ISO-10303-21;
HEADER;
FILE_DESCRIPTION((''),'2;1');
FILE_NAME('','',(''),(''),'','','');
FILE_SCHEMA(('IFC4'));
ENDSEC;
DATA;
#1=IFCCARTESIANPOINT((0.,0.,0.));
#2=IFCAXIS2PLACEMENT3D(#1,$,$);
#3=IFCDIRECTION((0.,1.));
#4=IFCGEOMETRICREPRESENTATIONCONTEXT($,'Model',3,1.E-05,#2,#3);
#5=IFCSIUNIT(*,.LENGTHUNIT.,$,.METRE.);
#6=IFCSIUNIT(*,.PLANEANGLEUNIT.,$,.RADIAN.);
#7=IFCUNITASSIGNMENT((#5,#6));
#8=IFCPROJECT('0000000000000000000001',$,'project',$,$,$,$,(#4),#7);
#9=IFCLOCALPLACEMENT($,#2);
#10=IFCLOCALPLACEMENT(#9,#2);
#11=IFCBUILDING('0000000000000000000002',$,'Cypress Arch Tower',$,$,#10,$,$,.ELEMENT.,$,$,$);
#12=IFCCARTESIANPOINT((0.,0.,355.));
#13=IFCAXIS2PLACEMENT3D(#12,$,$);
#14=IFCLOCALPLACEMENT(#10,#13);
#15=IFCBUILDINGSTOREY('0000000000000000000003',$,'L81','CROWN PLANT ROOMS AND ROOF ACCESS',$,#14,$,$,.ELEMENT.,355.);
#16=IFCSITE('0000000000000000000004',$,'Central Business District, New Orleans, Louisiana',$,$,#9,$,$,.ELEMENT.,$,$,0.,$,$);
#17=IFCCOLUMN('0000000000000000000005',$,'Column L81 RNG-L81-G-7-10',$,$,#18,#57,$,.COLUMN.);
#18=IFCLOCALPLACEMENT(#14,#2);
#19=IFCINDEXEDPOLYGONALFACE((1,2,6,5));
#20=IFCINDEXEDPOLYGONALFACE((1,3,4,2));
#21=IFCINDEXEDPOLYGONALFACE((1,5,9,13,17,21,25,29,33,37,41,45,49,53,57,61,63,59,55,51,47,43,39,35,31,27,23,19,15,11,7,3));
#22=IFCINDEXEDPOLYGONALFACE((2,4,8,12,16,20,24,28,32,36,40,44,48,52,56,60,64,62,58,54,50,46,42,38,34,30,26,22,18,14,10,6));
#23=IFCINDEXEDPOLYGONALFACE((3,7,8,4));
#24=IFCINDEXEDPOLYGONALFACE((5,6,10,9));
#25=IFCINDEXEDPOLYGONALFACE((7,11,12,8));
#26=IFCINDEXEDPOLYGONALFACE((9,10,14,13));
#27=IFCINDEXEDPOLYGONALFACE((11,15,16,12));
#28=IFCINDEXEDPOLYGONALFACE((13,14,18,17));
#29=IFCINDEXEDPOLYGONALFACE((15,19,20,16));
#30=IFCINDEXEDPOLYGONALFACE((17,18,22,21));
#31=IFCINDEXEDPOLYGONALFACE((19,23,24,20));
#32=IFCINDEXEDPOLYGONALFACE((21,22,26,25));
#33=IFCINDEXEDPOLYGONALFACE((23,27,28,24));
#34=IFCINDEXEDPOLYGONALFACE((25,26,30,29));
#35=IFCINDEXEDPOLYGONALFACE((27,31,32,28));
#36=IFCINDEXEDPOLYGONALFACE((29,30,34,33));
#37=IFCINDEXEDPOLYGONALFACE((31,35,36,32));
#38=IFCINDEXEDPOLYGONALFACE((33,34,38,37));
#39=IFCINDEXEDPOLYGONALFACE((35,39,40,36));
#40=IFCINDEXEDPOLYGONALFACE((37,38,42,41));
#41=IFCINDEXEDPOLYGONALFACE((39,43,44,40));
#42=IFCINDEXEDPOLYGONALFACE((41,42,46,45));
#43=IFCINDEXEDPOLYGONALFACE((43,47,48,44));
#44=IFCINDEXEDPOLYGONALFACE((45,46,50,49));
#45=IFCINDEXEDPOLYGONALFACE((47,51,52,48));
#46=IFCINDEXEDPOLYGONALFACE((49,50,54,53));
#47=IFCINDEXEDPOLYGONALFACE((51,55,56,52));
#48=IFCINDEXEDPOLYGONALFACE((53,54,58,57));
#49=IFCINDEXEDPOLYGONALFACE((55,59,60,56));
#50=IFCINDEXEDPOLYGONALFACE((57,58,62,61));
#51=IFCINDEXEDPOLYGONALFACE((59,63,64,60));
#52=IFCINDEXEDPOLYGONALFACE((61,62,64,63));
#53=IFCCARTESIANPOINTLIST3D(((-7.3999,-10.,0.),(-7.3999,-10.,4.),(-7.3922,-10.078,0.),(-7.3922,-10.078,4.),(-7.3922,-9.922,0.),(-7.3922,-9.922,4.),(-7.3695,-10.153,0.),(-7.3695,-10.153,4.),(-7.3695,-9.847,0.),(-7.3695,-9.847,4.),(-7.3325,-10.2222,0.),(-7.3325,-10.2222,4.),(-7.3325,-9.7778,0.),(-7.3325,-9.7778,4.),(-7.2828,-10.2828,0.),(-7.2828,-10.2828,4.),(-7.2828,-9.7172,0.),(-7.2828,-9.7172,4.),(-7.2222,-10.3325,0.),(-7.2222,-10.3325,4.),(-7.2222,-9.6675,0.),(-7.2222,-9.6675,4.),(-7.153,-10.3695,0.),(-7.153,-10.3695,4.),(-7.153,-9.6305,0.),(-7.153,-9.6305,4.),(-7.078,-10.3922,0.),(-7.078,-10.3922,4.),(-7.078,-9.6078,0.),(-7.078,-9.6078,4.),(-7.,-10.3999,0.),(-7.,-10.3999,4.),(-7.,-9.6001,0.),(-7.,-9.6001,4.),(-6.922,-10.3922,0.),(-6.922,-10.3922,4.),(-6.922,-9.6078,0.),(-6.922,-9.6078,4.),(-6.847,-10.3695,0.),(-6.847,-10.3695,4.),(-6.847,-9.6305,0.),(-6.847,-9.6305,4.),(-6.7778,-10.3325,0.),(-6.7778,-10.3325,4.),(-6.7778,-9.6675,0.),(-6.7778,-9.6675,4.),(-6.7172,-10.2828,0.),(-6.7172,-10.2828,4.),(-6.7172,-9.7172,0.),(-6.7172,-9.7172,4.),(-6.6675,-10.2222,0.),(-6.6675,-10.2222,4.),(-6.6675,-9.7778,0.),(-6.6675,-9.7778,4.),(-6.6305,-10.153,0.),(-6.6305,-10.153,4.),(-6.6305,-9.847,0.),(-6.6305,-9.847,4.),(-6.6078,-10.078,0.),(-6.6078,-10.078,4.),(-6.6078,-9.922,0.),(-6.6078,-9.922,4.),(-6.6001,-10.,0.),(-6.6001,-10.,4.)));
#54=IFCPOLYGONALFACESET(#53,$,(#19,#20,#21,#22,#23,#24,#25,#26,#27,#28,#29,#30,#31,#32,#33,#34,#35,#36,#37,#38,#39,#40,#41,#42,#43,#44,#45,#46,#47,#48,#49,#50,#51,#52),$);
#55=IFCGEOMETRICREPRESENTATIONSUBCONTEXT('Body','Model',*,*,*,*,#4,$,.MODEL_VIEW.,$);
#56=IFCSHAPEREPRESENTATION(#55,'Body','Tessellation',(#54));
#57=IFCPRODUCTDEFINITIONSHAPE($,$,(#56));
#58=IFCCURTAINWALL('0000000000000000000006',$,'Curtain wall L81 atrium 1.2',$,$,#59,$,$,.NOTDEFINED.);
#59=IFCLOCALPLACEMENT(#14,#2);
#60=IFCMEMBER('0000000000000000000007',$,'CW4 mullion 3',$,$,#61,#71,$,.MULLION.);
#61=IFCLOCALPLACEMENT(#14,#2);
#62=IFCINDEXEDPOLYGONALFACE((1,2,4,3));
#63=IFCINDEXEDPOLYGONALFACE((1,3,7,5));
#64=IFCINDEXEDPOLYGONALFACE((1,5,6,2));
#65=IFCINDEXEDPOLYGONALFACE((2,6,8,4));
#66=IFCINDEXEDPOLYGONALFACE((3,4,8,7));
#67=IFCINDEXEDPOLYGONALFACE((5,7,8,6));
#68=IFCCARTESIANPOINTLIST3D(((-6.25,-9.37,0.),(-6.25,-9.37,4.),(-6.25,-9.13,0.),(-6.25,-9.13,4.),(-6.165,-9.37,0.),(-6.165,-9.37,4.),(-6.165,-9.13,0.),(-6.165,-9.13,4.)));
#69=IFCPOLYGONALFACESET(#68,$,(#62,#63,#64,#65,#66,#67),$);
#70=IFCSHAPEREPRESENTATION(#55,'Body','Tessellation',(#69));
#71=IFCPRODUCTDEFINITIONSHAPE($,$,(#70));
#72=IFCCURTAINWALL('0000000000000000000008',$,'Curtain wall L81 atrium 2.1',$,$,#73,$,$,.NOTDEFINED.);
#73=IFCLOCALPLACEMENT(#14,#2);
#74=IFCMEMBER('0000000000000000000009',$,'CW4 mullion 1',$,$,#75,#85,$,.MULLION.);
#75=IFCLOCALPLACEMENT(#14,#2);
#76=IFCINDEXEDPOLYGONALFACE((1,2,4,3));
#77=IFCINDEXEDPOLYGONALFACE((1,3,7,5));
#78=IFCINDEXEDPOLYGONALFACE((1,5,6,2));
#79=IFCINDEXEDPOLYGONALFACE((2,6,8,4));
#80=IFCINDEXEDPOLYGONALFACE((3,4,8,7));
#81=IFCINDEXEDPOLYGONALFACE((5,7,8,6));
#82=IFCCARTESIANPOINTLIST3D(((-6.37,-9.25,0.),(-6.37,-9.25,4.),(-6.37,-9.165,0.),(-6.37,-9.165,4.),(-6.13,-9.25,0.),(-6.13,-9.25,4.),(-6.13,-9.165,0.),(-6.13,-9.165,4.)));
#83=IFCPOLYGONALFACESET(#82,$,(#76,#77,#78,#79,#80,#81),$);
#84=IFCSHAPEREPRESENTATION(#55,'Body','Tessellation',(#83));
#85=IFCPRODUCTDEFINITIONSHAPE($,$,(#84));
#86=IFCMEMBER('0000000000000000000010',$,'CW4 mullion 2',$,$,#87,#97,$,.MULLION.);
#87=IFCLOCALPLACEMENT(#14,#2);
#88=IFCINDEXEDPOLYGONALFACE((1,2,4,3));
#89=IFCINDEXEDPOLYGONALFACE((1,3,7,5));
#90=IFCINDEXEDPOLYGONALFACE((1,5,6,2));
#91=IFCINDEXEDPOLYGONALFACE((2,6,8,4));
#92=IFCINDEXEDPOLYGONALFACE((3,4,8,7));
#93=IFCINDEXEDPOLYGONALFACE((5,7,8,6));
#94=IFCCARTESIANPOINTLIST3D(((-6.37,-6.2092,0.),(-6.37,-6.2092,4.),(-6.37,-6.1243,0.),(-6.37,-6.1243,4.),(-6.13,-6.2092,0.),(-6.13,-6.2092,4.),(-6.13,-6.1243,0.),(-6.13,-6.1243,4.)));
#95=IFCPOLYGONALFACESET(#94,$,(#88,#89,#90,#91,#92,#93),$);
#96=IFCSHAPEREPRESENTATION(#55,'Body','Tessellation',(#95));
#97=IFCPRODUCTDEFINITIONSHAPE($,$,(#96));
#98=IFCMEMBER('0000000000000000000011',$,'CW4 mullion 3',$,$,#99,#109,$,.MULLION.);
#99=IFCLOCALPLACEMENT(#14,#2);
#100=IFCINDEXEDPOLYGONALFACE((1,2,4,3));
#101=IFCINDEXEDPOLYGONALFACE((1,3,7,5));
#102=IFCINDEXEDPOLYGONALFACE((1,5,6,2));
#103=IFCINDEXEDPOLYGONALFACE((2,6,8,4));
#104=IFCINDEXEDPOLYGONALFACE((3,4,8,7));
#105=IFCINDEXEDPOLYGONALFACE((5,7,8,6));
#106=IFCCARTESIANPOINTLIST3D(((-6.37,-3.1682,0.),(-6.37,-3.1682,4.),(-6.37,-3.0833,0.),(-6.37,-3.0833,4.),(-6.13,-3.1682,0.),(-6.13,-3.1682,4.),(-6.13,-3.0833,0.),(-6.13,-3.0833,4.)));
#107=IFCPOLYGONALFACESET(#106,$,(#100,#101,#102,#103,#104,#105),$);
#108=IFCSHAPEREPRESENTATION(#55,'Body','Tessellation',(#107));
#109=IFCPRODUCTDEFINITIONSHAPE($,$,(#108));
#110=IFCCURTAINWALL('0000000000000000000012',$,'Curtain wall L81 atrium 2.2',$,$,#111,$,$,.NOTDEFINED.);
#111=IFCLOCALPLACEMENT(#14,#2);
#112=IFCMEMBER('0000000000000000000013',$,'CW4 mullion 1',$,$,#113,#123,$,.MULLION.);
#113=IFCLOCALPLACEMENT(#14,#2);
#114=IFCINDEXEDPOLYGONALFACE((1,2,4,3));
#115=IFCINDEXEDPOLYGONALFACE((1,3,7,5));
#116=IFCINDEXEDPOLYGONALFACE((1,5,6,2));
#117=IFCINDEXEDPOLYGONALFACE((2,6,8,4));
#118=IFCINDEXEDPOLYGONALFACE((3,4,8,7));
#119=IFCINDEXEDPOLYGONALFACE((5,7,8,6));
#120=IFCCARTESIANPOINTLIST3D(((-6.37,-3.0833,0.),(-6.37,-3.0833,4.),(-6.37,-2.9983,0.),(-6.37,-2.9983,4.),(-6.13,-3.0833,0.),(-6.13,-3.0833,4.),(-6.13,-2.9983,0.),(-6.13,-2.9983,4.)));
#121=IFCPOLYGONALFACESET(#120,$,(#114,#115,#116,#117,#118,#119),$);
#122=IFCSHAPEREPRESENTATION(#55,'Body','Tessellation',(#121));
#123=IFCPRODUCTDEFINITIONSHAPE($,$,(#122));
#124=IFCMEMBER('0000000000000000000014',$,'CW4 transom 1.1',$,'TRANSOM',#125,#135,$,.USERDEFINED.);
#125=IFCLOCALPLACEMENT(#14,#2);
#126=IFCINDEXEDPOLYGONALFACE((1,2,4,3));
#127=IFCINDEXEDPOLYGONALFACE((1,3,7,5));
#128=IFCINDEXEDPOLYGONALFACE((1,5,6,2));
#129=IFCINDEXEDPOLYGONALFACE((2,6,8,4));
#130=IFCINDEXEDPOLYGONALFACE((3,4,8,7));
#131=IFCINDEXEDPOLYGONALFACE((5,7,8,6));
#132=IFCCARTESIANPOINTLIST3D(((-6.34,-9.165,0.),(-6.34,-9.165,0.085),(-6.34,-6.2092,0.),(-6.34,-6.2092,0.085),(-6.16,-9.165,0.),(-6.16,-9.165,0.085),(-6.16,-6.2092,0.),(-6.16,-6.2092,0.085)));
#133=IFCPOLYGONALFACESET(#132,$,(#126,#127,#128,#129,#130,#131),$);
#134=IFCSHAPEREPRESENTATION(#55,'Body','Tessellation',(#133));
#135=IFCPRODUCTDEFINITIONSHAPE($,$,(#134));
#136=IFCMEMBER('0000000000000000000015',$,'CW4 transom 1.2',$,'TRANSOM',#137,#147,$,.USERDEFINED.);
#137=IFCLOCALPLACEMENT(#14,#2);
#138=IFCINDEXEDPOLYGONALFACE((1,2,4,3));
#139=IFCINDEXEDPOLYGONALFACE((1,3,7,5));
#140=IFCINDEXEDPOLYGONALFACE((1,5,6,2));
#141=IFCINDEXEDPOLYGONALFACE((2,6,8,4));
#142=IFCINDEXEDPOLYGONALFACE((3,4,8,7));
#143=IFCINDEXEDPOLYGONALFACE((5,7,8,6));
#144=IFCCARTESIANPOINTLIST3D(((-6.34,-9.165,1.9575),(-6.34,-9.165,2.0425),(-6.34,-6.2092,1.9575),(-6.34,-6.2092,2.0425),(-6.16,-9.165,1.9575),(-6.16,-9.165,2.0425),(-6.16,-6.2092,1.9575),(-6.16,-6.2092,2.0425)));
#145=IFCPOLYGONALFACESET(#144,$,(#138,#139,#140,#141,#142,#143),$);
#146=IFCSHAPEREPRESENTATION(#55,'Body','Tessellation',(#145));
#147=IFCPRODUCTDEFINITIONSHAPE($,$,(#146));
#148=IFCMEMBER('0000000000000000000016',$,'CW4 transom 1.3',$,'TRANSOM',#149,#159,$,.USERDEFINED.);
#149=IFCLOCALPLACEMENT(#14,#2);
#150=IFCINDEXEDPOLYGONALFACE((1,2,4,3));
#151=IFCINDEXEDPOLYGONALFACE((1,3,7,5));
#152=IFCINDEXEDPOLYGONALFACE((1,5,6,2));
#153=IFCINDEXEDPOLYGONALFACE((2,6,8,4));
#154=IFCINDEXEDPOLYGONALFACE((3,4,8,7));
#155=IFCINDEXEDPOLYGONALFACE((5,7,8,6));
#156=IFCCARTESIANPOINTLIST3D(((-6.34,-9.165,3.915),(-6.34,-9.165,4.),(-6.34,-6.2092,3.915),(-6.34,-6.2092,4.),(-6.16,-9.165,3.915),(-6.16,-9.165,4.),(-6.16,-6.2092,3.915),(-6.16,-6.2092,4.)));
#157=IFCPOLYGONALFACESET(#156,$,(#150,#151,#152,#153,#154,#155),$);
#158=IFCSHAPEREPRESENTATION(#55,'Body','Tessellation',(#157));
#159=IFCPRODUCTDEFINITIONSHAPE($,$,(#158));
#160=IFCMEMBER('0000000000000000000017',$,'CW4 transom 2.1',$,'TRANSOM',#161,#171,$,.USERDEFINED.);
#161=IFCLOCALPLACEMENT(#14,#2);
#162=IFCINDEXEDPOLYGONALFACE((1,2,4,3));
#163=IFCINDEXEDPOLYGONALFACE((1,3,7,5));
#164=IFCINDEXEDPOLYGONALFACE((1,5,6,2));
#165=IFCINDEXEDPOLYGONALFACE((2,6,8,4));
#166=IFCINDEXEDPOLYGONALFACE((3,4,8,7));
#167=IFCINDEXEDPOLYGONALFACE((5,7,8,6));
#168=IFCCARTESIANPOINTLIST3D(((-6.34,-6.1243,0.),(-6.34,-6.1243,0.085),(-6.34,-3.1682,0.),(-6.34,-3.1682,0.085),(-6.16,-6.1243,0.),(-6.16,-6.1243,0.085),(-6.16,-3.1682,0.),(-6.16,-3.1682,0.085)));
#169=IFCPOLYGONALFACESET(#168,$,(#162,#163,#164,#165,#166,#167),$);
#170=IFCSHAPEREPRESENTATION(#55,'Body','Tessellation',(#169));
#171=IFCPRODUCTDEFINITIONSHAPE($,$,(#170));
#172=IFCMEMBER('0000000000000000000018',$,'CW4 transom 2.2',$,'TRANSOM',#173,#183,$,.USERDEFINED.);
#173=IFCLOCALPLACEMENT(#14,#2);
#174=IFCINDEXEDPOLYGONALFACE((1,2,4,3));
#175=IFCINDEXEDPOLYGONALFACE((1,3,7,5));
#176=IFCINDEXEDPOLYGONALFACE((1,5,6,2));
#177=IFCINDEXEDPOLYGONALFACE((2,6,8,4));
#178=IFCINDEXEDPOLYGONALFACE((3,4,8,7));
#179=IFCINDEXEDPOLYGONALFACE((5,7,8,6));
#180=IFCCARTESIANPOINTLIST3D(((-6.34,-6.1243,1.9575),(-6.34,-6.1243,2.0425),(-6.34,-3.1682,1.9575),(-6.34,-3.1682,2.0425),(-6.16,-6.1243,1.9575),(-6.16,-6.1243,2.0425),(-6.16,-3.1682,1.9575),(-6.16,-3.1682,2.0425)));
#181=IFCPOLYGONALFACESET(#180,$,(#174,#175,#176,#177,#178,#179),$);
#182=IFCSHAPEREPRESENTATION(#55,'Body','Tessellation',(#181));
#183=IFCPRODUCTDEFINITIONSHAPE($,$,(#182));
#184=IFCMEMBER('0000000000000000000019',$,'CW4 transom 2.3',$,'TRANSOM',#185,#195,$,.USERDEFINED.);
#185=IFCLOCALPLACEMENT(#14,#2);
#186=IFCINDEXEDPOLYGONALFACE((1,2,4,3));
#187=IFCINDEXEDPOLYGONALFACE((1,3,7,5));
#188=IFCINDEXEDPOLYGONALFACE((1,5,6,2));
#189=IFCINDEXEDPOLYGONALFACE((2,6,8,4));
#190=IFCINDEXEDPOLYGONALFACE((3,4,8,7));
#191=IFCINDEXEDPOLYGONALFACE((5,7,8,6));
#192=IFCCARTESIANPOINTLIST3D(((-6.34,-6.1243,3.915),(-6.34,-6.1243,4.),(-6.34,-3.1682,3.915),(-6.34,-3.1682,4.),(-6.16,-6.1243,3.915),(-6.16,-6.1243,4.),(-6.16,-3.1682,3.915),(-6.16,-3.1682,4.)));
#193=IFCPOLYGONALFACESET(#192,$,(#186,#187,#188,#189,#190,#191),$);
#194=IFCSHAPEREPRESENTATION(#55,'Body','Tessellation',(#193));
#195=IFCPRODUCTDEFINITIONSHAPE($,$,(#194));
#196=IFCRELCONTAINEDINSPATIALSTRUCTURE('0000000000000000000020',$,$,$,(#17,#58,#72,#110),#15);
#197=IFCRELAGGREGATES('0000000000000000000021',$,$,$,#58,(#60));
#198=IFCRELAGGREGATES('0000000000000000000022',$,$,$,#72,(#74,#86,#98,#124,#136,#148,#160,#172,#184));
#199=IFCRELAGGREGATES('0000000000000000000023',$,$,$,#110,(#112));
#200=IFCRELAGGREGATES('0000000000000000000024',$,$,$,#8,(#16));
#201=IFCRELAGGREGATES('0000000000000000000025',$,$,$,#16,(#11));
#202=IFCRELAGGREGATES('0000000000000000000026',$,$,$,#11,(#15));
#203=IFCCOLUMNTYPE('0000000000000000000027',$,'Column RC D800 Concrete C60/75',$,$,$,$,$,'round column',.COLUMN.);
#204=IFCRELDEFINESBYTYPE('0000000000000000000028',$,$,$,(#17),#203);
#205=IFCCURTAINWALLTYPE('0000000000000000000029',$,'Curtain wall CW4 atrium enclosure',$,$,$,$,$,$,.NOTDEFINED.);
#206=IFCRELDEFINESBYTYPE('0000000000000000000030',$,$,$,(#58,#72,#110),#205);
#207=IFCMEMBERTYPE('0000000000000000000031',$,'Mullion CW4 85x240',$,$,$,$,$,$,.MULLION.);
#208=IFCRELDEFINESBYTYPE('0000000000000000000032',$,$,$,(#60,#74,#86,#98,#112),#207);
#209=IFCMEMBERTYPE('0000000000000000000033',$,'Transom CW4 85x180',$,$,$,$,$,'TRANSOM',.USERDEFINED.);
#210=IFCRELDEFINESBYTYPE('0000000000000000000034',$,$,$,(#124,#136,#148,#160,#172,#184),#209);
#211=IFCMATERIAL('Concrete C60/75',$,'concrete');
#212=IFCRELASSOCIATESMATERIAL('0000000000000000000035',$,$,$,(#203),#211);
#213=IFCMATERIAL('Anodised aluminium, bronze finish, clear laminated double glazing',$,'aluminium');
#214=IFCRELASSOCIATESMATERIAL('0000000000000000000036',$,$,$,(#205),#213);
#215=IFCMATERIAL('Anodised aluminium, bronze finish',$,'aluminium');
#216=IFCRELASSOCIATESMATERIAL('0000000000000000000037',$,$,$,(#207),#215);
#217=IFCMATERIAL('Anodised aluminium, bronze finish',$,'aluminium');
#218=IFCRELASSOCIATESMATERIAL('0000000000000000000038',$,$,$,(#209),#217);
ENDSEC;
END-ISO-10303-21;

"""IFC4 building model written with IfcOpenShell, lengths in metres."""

from ifc_helpers import new_model, si_unit, direction, frame, origin, origin_2d, place, context, subcontext, project, spatial, rectangle, circle, extrude, material, material_profile, profile_set, type_object, element, aggregate, save


model = new_model("IFC4")

# Units and contexts
model_context = context("Model", 3, precision=1e-05, world=origin(), true_north=direction((0.0, 1.0)))
body_context = subcontext(model_context, "Body", "Model", "MODEL_VIEW")
ifc_project = project(units=[si_unit("LENGTHUNIT", "METRE"), si_unit("PLANEANGLEUNIT", "RADIAN")], contexts=[model_context])

# Site, building, storey
site_placement = place(None, origin())
site = spatial("IfcSite", under=ifc_project, at=site_placement, Name="Central Business District, New Orleans, Louisiana", CompositionType="ELEMENT", RefElevation=0.0)
building_placement = place(site_placement, origin())
building = spatial("IfcBuilding", under=site, at=building_placement, Name="Cypress Arch Tower", CompositionType="ELEMENT")
storey_placement = place(building_placement, frame((0.0, 0.0, 355.0)))
storey = spatial("IfcBuildingStorey", under=building, at=storey_placement, Name="L81", Description="CROWN PLANT ROOMS AND ROOF ACCESS", CompositionType="ELEMENT", Elevation=355.0)

# Column
ifc_material_1 = material(Name="Concrete C60/75", Category="concrete")
ifc_material_profile_1 = material_profile(ifc_material_1, circle(Radius=0.3999, at=origin_2d()), Name="RC D800")
ifc_profile_set_1 = profile_set([ifc_material_profile_1], Name="Concrete C60/75")
column_type = type_object("IfcColumnType", Name="Column RC D800 Concrete C60/75", ElementType="round column", PredefinedType="COLUMN", material=ifc_profile_set_1)
column_placement = place(storey_placement, frame((-7.0, -10.0, 0.0), z_axis=(0.0, 0.0, 1.0), x_axis=(1.0, 0.0, 0.0)))
element("IfcColumn", 1, at=column_placement, inside=storey, type_object=column_type, Name="Column L81 RNG-L81-G-7-10", PredefinedType="COLUMN", context=body_context, shape_type="SweptSolid", body=[
    extrude(circle(Radius=0.3999, at=origin_2d()), origin(), (0.0, 0.0, 1.0), 4.0),
])

# Curtain wall, member
ifc_material_2 = material(Name="Anodised aluminium, bronze finish, clear laminated double glazing", Category="aluminium")
curtain_wall_type = type_object("IfcCurtainWallType", Name="Curtain wall CW4 atrium enclosure", PredefinedType="NOTDEFINED", material=ifc_material_2)
curtain_wall_1_placement = place(storey_placement, origin())
curtain_wall_1 = element("IfcCurtainWall", 2, at=curtain_wall_1_placement, inside=storey, type_object=curtain_wall_type, Name="Curtain wall L81 atrium 1.2", PredefinedType="NOTDEFINED")
ifc_material_3 = material(Name="Anodised aluminium, bronze finish", Category="aluminium")
ifc_material_profile_2 = material_profile(ifc_material_3, rectangle(XDim=0.24, YDim=0.085, at=origin_2d()), Name="Mullion 85x240")
ifc_profile_set_2 = profile_set([ifc_material_profile_2], Name="Anodised aluminium, bronze finish")
member_type_1 = type_object("IfcMemberType", Name="Mullion CW4 85x240", PredefinedType="MULLION", material=ifc_profile_set_2)
member_1_placement = place(storey_placement, frame((-6.2075, -9.25, 0.0), z_axis=(0.0, 0.0, 1.0), x_axis=(0.0, -1.0, 0.0)))
member_1 = element("IfcMember", 3, at=member_1_placement, type_object=member_type_1, Name="CW4 mullion 3", PredefinedType="MULLION", context=body_context, shape_type="SweptSolid", body=[
    extrude(rectangle(XDim=0.24, YDim=0.085, at=origin_2d()), origin(), (0.0, 0.0, 1.0), 4.0),
])
aggregate(curtain_wall_1, [member_1])

# Curtain wall, members
curtain_wall_2_placement = place(storey_placement, origin())
curtain_wall_2 = element("IfcCurtainWall", 4, at=curtain_wall_2_placement, inside=storey, type_object=curtain_wall_type, Name="Curtain wall L81 atrium 2.1", PredefinedType="NOTDEFINED")
member_2_placement = place(storey_placement, frame((-6.25, -9.2075, 0.0), z_axis=(0.0, 0.0, 1.0), x_axis=(-1.0, 0.0, 0.0)))
member_2 = element("IfcMember", 5, at=member_2_placement, type_object=member_type_1, Name="CW4 mullion 1", PredefinedType="MULLION", context=body_context, shape_type="SweptSolid", body=[
    extrude(rectangle(XDim=0.24, YDim=0.085, at=origin_2d()), origin(), (0.0, 0.0, 1.0), 4.0),
])
member_3_placement = place(storey_placement, frame((-6.25, -6.1667, 0.0), z_axis=(0.0, 0.0, 1.0), x_axis=(-1.0, 0.0, 0.0)))
member_3 = element("IfcMember", 6, at=member_3_placement, type_object=member_type_1, Name="CW4 mullion 2", PredefinedType="MULLION", context=body_context, shape_type="SweptSolid", body=[
    extrude(rectangle(XDim=0.24, YDim=0.085, at=origin_2d()), origin(), (0.0, 0.0, 1.0), 4.0),
])
member_4_placement = place(storey_placement, frame((-6.25, -3.1257, 0.0), z_axis=(0.0, 0.0, 1.0), x_axis=(-1.0, 0.0, 0.0)))
member_4 = element("IfcMember", 7, at=member_4_placement, type_object=member_type_1, Name="CW4 mullion 3", PredefinedType="MULLION", context=body_context, shape_type="SweptSolid", body=[
    extrude(rectangle(XDim=0.24, YDim=0.085, at=origin_2d()), origin(), (0.0, 0.0, 1.0), 4.0),
])

# Curtain wall, member
curtain_wall_3_placement = place(storey_placement, origin())
curtain_wall_3 = element("IfcCurtainWall", 8, at=curtain_wall_3_placement, inside=storey, type_object=curtain_wall_type, Name="Curtain wall L81 atrium 2.2", PredefinedType="NOTDEFINED")
member_5_placement = place(storey_placement, frame((-6.25, -3.0408, 0.0), z_axis=(0.0, 0.0, 1.0), x_axis=(-1.0, 0.0, 0.0)))
member_5 = element("IfcMember", 9, at=member_5_placement, type_object=member_type_1, Name="CW4 mullion 1", PredefinedType="MULLION", context=body_context, shape_type="SweptSolid", body=[
    extrude(rectangle(XDim=0.24, YDim=0.085, at=origin_2d()), origin(), (0.0, 0.0, 1.0), 4.0),
])

# Members
ifc_material_4 = material(Name="Anodised aluminium, bronze finish", Category="aluminium")
ifc_material_profile_3 = material_profile(ifc_material_4, rectangle(XDim=0.1799, YDim=0.085, at=origin_2d()), Name="Transom 85x180")
ifc_profile_set_3 = profile_set([ifc_material_profile_3], Name="Anodised aluminium, bronze finish")
member_type_2 = type_object("IfcMemberType", Name="Transom CW4 85x180", ElementType="TRANSOM", PredefinedType="USERDEFINED", material=ifc_profile_set_3)
member_6_placement = place(storey_placement, frame((-6.25, -9.165, 0.0425), z_axis=(0.0, 1.0, 0.0), x_axis=(-1.0, 0.0, 0.0)))
member_6 = element("IfcMember", 10, at=member_6_placement, type_object=member_type_2, Name="CW4 transom 1.1", ObjectType="TRANSOM", PredefinedType="USERDEFINED", context=body_context, shape_type="SweptSolid", body=[
    extrude(rectangle(XDim=0.1799, YDim=0.085, at=origin_2d()), origin(), (0.0, 0.0, 1.0), 2.9558),
])
member_7_placement = place(storey_placement, frame((-6.25, -9.165, 2.0), z_axis=(0.0, 1.0, 0.0), x_axis=(-1.0, 0.0, 0.0)))
member_7 = element("IfcMember", 11, at=member_7_placement, type_object=member_type_2, Name="CW4 transom 1.2", ObjectType="TRANSOM", PredefinedType="USERDEFINED", context=body_context, shape_type="SweptSolid", body=[
    extrude(rectangle(XDim=0.1799, YDim=0.085, at=origin_2d()), origin(), (0.0, 0.0, 1.0), 2.9558),
])
member_8_placement = place(storey_placement, frame((-6.25, -9.165, 3.9575), z_axis=(0.0, 1.0, 0.0), x_axis=(-1.0, 0.0, 0.0)))
member_8 = element("IfcMember", 12, at=member_8_placement, type_object=member_type_2, Name="CW4 transom 1.3", ObjectType="TRANSOM", PredefinedType="USERDEFINED", context=body_context, shape_type="SweptSolid", body=[
    extrude(rectangle(XDim=0.1799, YDim=0.085, at=origin_2d()), origin(), (0.0, 0.0, 1.0), 2.9558),
])
member_9_placement = place(storey_placement, frame((-6.25, -6.1243, 0.0425), z_axis=(0.0, 1.0, 0.0), x_axis=(-1.0, 0.0, 0.0)))
member_9 = element("IfcMember", 13, at=member_9_placement, type_object=member_type_2, Name="CW4 transom 2.1", ObjectType="TRANSOM", PredefinedType="USERDEFINED", context=body_context, shape_type="SweptSolid", body=[
    extrude(rectangle(XDim=0.1799, YDim=0.085, at=origin_2d()), origin(), (0.0, 0.0, 1.0), 2.9561),
])
member_10_placement = place(storey_placement, frame((-6.25, -6.1243, 2.0), z_axis=(0.0, 1.0, 0.0), x_axis=(-1.0, 0.0, 0.0)))
member_10 = element("IfcMember", 14, at=member_10_placement, type_object=member_type_2, Name="CW4 transom 2.2", ObjectType="TRANSOM", PredefinedType="USERDEFINED", context=body_context, shape_type="SweptSolid", body=[
    extrude(rectangle(XDim=0.1799, YDim=0.085, at=origin_2d()), origin(), (0.0, 0.0, 1.0), 2.9561),
])
member_11_placement = place(storey_placement, frame((-6.25, -6.1243, 3.9575), z_axis=(0.0, 1.0, 0.0), x_axis=(-1.0, 0.0, 0.0)))
member_11 = element("IfcMember", 15, at=member_11_placement, type_object=member_type_2, Name="CW4 transom 2.3", ObjectType="TRANSOM", PredefinedType="USERDEFINED", context=body_context, shape_type="SweptSolid", body=[
    extrude(rectangle(XDim=0.1799, YDim=0.085, at=origin_2d()), origin(), (0.0, 0.0, 1.0), 2.9561),
])

aggregate(curtain_wall_2, [member_2, member_3, member_4, member_6, member_7, member_8, member_9, member_10, member_11])
aggregate(curtain_wall_3, [member_5])

save(model, "model.ifc")
